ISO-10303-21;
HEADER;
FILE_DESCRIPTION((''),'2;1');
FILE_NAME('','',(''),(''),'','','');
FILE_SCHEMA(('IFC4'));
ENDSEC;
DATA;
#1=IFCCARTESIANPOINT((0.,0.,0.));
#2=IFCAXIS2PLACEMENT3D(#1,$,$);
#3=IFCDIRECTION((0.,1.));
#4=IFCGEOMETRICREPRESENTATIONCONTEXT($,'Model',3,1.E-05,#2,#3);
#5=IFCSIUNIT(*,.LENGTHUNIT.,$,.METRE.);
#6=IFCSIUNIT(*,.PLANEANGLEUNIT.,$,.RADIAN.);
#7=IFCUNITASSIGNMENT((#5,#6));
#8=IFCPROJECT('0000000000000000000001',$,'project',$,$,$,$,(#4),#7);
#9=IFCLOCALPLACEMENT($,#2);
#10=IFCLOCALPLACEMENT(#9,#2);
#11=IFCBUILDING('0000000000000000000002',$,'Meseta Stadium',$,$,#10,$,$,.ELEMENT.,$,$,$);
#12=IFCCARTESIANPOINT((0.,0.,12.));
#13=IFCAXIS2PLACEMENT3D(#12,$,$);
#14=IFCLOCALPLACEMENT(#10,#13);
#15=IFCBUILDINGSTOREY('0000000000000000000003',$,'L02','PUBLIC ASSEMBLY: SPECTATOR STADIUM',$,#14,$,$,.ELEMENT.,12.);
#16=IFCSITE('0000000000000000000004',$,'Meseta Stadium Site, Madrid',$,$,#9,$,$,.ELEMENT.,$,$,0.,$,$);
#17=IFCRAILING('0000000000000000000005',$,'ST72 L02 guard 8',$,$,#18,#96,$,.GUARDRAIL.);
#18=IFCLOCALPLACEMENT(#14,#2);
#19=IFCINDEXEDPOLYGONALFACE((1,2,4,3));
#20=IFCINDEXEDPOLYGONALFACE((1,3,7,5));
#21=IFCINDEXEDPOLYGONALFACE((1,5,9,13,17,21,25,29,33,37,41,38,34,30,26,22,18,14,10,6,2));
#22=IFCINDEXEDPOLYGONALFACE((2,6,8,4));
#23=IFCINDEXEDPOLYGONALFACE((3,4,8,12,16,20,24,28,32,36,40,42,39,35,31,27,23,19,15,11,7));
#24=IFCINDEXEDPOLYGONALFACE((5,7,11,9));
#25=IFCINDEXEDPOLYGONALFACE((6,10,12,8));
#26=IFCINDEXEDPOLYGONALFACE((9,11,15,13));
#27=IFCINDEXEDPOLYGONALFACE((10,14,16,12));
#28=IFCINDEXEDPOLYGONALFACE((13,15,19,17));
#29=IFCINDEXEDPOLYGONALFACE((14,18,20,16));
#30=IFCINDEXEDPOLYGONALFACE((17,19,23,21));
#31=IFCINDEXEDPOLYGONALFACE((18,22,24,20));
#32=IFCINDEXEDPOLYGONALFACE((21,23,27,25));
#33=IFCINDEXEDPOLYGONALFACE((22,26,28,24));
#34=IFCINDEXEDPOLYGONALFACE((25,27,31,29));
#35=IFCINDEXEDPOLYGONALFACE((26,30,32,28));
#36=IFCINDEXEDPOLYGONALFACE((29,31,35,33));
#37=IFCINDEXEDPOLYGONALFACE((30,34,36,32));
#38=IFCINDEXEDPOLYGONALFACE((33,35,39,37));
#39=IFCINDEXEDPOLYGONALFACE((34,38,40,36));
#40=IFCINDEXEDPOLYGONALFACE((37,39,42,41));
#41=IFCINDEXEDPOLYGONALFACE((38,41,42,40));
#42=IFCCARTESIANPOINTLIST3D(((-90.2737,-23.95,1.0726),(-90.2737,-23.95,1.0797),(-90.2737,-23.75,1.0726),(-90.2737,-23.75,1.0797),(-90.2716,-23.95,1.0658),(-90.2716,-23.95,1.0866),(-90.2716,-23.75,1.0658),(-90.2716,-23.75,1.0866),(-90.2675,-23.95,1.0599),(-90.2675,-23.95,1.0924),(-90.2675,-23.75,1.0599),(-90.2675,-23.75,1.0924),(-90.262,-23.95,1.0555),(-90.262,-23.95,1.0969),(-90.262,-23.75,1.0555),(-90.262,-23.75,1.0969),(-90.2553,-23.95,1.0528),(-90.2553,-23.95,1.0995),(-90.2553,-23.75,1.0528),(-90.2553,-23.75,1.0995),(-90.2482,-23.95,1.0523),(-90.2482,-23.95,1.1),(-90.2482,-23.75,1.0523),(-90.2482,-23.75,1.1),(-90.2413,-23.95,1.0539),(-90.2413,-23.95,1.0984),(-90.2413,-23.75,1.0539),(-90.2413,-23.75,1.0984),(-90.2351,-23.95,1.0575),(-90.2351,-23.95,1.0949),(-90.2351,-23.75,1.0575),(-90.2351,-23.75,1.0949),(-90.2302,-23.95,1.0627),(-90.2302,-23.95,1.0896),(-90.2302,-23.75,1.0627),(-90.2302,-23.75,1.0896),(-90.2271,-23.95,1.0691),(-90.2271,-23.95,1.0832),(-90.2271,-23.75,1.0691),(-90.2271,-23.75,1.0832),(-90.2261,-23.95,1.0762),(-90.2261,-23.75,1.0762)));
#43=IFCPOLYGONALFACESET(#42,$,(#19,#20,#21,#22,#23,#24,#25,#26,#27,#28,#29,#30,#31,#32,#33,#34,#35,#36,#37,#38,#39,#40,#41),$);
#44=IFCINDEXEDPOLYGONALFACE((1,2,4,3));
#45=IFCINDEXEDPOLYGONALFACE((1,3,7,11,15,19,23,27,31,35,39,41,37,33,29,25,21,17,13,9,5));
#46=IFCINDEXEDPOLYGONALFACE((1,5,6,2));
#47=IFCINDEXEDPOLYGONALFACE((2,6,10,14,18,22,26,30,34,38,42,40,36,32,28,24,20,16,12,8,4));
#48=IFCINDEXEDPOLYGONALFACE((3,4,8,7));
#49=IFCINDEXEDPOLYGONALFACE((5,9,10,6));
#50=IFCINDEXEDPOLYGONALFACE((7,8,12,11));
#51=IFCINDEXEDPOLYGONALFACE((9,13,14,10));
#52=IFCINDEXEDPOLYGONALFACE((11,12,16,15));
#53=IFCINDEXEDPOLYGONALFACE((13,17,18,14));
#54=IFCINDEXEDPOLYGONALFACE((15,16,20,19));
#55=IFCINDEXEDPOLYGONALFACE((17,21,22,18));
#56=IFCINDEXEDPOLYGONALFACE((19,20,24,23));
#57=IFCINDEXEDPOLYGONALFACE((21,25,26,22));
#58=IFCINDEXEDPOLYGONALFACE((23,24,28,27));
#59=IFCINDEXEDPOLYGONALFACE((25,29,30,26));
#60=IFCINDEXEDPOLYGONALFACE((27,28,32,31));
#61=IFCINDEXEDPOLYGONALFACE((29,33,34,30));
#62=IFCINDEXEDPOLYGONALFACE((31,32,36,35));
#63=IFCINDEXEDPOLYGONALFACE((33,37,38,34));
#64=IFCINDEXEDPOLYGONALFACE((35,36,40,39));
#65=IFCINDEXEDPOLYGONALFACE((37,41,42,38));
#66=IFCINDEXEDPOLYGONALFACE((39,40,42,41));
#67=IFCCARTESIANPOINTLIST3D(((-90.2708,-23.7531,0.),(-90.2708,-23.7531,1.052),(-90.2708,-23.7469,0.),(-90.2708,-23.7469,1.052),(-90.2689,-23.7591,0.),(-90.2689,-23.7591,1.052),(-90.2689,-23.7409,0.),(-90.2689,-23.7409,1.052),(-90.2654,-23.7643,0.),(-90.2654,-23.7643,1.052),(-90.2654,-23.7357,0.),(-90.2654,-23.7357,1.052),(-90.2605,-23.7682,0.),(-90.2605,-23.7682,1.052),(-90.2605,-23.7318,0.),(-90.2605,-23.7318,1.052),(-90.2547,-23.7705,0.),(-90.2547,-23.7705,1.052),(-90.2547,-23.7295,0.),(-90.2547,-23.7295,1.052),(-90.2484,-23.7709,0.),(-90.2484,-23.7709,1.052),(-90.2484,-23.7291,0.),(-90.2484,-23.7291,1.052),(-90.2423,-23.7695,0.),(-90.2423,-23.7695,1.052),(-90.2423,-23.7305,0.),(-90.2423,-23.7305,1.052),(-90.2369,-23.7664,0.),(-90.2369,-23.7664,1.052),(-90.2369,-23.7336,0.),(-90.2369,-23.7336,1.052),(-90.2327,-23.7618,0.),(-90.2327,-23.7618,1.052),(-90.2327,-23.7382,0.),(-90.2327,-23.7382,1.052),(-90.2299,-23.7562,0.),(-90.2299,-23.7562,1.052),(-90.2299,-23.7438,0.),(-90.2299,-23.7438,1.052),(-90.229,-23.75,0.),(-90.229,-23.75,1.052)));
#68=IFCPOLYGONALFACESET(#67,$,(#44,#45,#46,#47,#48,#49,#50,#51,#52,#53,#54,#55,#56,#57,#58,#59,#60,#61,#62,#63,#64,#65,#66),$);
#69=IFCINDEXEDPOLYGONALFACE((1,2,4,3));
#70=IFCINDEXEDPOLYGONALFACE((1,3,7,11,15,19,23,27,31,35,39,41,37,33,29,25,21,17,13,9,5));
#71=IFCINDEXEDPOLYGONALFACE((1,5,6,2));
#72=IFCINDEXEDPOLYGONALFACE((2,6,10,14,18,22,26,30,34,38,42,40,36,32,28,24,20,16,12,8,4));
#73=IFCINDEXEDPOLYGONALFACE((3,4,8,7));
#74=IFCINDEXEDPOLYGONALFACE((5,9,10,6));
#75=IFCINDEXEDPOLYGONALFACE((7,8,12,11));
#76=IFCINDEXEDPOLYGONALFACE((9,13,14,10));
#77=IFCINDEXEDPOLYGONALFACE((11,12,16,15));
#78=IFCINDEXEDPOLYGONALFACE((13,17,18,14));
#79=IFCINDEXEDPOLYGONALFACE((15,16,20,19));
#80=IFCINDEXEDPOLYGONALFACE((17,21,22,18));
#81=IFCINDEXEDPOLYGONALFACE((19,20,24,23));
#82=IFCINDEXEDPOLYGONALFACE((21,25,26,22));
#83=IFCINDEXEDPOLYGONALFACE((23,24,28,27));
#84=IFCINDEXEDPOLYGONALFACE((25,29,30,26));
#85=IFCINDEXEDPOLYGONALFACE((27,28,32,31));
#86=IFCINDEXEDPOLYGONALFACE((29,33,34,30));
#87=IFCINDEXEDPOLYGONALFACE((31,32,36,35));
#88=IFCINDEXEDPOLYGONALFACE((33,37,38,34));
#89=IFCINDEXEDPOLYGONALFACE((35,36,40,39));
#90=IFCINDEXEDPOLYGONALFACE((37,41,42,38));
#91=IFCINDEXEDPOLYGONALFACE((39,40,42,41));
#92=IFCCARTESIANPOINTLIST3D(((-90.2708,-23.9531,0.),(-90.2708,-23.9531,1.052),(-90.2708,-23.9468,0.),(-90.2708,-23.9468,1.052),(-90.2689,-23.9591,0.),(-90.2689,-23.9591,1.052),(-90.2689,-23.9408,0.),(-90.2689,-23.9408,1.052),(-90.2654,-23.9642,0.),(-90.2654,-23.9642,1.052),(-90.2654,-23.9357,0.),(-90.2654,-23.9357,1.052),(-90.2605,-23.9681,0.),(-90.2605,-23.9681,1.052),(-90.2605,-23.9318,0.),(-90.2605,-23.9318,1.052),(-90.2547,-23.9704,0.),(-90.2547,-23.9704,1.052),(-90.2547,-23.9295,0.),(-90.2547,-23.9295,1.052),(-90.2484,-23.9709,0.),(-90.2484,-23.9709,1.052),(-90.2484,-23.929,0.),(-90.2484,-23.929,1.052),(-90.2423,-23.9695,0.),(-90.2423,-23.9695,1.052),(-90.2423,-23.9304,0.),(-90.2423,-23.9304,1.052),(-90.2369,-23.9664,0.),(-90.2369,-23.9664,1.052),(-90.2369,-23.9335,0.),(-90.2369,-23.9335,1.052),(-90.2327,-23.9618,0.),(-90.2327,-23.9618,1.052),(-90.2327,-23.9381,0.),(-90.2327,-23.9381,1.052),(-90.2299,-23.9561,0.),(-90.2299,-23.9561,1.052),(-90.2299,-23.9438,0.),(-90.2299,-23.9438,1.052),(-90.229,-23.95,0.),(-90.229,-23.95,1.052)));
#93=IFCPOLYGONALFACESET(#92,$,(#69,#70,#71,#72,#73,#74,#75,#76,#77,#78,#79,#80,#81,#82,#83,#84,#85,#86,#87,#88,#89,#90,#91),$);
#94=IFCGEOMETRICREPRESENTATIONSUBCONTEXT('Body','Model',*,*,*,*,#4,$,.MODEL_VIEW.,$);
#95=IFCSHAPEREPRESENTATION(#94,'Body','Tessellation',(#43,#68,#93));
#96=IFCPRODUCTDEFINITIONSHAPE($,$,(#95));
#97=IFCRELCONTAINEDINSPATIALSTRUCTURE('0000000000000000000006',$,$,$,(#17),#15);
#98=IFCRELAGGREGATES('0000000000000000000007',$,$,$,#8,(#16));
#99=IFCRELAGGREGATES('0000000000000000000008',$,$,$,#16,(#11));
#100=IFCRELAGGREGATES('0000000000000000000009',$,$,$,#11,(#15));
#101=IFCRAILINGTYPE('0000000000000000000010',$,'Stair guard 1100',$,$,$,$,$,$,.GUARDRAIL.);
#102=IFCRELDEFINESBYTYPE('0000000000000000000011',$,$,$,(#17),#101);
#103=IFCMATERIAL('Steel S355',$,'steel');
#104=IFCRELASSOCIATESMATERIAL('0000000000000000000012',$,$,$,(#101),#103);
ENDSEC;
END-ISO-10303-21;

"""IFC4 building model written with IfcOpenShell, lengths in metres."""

from ifc_helpers import new_model, si_unit, direction, frame, origin, origin_2d, place, context, subcontext, project, spatial, circle, extrude, material, type_object, element, save


model = new_model("IFC4")

# Units and contexts
model_context = context("Model", 3, precision=1e-05, world=origin(), true_north=direction((0.0, 1.0)))
body_context = subcontext(model_context, "Body", "Model", "MODEL_VIEW")
ifc_project = project(units=[si_unit("LENGTHUNIT", "METRE"), si_unit("PLANEANGLEUNIT", "RADIAN")], contexts=[model_context])

# Site, building, storey
site_placement = place(None, origin())
site = spatial("IfcSite", under=ifc_project, at=site_placement, Name="Meseta Stadium Site, Madrid", CompositionType="ELEMENT", RefElevation=0.0)
building_placement = place(site_placement, origin())
building = spatial("IfcBuilding", under=site, at=building_placement, Name="Meseta Stadium", CompositionType="ELEMENT")
storey_placement = place(building_placement, frame((0.0, 0.0, 12.0)))
storey = spatial("IfcBuildingStorey", under=building, at=storey_placement, Name="L02", Description="PUBLIC ASSEMBLY: SPECTATOR STADIUM", CompositionType="ELEMENT", Elevation=12.0)

# Railing
ifc_material_1 = material(Name="Steel S355", Category="steel")
railing_type_1 = type_object("IfcRailingType", Name="Stair guard 1100", PredefinedType="GUARDRAIL", material=ifc_material_1)
railing_1_placement = place(storey_placement, frame((-90.25, -23.75, 0.0)))
element("IfcRailing", 1, at=railing_1_placement, inside=storey, type_object=railing_type_1, Name="ST72 L02 guard 8", PredefinedType="GUARDRAIL", context=body_context, shape_type="SweptSolid", body=[
    extrude(circle(Radius=0.0239, at=origin_2d()), frame((0.0, 0.0, 1.0762), z_axis=(0.0, -1.0, 0.0), x_axis=(1.0, 0.0, 0.0)), (0.0, 0.0, 1.0), 0.2),
    extrude(circle(Radius=0.021, at=origin_2d()), origin(), (0.0, 0.0, 1.0), 1.052),
    extrude(circle(Radius=0.021, at=origin_2d()), frame((0.0, -0.2, 0.0)), (0.0, 0.0, 1.0), 1.052),
])

save(model, "model.ifc")
